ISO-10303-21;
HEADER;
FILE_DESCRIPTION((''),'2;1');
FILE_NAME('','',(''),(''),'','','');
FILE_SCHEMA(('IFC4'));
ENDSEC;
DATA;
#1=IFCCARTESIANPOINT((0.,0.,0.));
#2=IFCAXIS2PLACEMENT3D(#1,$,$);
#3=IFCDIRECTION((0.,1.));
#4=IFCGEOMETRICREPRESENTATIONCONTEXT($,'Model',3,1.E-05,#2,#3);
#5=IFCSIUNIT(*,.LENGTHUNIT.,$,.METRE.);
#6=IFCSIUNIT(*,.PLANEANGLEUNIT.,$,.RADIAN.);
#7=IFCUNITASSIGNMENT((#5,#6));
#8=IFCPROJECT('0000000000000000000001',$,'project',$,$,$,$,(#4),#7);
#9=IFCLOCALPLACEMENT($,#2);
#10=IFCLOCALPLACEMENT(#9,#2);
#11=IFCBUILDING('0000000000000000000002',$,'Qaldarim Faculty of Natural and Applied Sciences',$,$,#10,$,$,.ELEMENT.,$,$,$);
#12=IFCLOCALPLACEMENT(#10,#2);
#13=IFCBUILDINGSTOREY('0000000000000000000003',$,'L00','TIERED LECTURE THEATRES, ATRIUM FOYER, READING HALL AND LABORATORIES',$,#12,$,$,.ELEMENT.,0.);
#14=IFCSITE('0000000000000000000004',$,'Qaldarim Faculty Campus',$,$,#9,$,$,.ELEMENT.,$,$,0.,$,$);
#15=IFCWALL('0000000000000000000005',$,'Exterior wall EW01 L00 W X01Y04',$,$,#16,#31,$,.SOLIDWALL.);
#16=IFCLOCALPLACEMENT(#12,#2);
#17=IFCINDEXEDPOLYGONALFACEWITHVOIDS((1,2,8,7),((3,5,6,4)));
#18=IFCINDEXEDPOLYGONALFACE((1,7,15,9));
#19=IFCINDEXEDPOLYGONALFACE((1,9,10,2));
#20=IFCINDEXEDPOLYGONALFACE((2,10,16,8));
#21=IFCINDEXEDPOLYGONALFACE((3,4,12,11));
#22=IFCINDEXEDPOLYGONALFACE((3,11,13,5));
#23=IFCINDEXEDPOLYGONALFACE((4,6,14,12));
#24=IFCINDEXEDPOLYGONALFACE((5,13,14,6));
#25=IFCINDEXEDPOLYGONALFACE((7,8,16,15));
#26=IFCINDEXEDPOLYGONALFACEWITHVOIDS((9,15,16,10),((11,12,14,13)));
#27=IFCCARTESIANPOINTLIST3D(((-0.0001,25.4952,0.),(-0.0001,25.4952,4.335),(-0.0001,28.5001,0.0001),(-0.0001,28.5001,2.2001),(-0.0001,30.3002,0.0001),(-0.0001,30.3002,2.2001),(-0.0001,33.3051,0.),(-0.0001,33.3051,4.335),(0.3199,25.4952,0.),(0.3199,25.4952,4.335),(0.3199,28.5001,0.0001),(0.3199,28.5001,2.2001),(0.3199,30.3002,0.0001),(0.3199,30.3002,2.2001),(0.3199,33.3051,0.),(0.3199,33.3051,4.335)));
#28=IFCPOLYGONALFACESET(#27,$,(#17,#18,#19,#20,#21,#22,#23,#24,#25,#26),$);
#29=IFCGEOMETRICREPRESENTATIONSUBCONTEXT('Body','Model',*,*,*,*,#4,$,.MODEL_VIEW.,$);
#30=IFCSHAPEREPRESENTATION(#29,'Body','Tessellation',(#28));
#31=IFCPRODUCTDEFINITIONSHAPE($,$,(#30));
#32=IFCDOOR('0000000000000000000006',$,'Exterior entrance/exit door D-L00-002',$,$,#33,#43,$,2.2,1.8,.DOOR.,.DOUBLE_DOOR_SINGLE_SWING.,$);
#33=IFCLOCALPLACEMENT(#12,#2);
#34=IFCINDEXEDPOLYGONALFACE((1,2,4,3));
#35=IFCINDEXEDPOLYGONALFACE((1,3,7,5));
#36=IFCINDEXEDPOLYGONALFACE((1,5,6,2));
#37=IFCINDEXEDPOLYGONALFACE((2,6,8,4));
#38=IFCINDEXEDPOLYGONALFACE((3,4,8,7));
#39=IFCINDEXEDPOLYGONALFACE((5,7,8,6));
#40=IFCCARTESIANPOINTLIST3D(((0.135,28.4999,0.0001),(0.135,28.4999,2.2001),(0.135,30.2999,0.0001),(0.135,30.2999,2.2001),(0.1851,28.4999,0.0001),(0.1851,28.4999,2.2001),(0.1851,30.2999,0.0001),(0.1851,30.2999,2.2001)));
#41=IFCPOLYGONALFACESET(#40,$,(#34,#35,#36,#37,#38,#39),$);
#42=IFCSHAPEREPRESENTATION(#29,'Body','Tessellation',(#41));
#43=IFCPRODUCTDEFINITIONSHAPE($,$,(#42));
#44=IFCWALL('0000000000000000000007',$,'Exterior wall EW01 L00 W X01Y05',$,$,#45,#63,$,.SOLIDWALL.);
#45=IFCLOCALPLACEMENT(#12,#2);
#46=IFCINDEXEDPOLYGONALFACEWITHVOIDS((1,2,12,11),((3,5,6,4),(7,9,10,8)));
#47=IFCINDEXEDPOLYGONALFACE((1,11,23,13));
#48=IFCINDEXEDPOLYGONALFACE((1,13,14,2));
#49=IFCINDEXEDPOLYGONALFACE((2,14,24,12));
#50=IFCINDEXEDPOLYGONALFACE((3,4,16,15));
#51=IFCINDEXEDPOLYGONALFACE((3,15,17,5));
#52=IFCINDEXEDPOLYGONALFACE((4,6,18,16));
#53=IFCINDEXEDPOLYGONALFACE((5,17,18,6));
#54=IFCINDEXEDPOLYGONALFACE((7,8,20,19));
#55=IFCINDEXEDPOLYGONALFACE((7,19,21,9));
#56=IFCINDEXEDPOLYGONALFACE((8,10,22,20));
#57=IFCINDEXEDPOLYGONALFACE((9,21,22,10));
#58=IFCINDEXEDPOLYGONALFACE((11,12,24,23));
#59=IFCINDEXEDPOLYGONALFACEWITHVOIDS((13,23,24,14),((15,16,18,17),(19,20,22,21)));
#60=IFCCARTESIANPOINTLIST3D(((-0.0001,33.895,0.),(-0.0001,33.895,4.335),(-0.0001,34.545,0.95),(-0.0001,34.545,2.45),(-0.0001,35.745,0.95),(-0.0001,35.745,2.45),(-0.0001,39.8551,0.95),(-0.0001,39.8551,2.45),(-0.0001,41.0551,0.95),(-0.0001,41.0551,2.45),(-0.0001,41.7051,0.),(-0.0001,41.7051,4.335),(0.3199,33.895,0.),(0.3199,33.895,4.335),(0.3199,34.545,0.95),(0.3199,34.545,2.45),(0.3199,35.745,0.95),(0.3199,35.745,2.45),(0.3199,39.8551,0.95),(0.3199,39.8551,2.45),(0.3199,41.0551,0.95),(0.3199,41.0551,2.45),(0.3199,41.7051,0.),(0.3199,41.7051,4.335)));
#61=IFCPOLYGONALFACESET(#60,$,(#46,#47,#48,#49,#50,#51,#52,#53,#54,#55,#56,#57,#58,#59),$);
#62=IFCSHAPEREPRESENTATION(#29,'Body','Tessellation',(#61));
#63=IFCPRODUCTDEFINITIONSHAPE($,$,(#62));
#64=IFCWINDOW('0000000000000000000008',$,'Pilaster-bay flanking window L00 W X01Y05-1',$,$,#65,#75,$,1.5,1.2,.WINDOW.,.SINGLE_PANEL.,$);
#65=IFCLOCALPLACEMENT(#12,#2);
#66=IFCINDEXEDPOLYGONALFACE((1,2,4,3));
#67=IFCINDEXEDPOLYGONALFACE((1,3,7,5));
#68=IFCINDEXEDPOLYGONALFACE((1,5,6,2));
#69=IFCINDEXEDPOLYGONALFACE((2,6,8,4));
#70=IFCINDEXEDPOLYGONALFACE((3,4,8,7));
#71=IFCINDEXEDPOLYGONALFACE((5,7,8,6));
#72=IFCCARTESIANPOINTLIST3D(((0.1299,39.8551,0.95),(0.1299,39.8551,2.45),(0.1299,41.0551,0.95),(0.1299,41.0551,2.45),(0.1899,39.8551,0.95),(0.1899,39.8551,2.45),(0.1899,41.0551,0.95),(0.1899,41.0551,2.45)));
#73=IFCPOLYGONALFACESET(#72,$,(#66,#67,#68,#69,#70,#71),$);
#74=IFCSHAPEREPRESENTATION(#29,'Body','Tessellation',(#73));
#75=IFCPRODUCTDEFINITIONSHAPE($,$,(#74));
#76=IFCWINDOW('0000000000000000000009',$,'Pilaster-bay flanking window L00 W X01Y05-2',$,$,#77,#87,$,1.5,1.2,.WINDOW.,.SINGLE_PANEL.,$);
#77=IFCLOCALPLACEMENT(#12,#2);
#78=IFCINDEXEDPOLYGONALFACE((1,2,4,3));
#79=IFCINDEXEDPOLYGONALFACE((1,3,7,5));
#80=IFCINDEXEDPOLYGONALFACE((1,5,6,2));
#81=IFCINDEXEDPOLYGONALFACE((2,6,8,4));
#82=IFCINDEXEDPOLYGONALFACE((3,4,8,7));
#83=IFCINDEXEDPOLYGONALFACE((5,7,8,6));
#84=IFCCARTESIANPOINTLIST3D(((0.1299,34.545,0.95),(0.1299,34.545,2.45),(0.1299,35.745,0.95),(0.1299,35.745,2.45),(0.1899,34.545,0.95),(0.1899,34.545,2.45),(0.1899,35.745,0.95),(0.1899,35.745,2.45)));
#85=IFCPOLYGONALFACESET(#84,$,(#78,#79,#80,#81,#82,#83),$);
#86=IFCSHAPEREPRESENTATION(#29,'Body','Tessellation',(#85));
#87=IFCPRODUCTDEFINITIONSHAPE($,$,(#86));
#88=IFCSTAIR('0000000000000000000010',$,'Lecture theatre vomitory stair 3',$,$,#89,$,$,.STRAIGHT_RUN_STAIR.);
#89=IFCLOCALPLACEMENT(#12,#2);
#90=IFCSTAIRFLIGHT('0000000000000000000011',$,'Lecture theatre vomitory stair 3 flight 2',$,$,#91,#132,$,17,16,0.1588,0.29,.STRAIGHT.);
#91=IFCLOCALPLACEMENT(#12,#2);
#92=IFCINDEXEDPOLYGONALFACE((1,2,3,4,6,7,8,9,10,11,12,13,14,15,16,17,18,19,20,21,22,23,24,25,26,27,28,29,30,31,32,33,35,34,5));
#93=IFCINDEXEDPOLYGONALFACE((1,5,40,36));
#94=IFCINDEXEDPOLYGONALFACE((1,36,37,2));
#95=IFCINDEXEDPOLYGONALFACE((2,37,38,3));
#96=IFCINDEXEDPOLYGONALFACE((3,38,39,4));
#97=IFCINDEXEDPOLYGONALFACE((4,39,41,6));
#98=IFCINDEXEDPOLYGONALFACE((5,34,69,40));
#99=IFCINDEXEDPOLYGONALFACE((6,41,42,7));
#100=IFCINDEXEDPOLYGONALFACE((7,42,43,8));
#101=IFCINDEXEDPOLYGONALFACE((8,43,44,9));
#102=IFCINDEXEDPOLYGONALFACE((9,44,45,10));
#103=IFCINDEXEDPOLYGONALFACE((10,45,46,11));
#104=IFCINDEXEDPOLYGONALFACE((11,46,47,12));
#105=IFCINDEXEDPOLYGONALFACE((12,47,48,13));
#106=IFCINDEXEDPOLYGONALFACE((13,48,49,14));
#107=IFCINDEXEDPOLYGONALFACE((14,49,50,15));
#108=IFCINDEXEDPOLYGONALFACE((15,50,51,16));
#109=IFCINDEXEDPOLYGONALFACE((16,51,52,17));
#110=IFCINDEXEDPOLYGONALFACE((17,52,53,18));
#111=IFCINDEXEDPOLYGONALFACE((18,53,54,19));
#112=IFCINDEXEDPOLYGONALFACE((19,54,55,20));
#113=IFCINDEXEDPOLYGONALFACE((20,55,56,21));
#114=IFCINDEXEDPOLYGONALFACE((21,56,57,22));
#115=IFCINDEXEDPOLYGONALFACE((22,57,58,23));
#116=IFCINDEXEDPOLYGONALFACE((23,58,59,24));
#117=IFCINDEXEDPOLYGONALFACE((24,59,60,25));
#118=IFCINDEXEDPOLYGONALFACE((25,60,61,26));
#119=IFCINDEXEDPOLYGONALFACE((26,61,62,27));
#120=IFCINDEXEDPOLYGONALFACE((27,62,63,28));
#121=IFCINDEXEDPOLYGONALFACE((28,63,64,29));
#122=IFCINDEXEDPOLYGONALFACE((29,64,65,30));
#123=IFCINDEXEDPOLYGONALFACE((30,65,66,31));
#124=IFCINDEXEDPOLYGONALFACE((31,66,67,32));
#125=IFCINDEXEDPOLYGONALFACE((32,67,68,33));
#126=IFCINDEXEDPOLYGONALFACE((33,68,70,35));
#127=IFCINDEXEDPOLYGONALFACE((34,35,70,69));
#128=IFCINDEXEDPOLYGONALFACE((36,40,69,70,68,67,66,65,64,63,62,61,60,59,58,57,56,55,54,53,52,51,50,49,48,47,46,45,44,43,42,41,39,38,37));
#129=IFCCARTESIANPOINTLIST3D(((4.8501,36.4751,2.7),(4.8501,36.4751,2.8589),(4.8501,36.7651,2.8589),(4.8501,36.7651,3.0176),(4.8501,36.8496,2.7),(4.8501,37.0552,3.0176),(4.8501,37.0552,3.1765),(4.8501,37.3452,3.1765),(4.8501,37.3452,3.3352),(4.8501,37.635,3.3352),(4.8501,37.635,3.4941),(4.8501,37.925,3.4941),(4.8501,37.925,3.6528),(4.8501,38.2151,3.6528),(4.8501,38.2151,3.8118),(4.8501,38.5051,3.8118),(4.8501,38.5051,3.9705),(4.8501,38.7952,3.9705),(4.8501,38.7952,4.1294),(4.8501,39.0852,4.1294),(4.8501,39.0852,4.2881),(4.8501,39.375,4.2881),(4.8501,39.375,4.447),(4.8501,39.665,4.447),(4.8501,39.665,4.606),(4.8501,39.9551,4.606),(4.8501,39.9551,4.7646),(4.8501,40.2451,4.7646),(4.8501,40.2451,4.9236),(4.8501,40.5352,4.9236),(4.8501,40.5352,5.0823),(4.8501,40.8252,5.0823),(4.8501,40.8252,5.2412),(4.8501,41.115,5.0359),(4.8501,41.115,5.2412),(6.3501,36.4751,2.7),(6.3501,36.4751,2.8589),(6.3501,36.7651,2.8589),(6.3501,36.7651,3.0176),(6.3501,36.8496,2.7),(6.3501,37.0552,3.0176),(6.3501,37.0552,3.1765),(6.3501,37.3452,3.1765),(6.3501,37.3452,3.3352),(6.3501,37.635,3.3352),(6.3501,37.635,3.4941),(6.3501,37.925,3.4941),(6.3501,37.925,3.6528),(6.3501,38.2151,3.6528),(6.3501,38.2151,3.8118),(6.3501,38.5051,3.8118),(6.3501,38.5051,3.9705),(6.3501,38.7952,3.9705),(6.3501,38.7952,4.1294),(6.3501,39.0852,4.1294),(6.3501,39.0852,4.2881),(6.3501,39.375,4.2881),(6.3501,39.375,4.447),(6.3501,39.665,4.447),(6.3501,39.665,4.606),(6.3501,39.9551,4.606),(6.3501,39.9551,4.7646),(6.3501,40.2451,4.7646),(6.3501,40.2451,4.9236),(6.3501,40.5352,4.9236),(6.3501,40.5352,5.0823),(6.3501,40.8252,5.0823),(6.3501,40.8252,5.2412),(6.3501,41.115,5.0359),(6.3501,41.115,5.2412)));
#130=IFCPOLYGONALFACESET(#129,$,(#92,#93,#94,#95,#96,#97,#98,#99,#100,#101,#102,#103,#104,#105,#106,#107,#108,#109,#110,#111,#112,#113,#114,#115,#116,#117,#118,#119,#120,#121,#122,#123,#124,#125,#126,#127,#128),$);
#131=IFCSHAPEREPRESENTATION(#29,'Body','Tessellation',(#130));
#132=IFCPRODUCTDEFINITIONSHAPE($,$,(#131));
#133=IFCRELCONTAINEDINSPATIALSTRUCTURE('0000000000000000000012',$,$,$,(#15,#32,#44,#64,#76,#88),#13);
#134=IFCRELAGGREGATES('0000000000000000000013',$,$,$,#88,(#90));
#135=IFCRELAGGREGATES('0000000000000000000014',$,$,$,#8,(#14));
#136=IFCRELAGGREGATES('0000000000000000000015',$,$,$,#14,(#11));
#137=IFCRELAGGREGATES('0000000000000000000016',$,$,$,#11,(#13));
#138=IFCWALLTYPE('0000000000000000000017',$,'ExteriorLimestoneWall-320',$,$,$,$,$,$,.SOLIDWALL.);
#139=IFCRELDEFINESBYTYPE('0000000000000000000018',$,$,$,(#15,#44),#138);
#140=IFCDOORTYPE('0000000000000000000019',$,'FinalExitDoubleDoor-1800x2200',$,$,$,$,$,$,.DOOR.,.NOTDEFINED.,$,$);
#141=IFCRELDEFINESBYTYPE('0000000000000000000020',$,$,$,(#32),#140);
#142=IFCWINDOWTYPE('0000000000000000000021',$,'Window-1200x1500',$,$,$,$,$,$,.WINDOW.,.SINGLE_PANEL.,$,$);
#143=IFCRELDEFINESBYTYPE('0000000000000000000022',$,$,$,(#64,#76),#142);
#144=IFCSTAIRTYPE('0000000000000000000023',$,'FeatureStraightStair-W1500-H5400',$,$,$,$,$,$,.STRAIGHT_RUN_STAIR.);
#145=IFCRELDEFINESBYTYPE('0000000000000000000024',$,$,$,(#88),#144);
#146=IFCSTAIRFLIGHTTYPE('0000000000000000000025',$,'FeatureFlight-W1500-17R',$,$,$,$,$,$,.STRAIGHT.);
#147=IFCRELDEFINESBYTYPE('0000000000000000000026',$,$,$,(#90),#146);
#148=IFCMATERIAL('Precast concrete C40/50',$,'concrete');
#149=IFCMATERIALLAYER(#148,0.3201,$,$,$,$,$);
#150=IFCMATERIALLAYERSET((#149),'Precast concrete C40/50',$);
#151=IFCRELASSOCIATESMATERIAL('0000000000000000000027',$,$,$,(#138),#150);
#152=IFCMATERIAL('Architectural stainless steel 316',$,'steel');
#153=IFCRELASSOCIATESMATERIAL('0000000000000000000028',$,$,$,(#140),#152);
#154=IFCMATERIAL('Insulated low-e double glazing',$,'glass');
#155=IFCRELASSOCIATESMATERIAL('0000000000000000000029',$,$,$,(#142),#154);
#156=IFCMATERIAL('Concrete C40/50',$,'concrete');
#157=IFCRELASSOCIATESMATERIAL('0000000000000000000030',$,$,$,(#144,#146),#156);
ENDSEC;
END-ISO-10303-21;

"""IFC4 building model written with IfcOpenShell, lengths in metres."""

from ifc_helpers import new_model, si_unit, direction, frame, frame_2d, origin, place, context, subcontext, project, spatial, polyline, rectangle, outline, extrude, material, layer, layer_set, type_object, element, fill, aggregate, save


model = new_model("IFC4")

# Units and contexts
model_context = context("Model", 3, precision=1e-05, world=origin(), true_north=direction((0.0, 1.0)))
body_context = subcontext(model_context, "Body", "Model", "MODEL_VIEW")
ifc_project = project(units=[si_unit("LENGTHUNIT", "METRE"), si_unit("PLANEANGLEUNIT", "RADIAN")], contexts=[model_context])

# Site, building, storey
site_placement = place(None, origin())
site = spatial("IfcSite", under=ifc_project, at=site_placement, Name="Qaldarim Faculty Campus", CompositionType="ELEMENT", RefElevation=0.0)
building_placement = place(site_placement, origin())
building = spatial("IfcBuilding", under=site, at=building_placement, Name="Qaldarim Faculty of Natural and Applied Sciences", CompositionType="ELEMENT")
storey_placement = place(building_placement, origin())
storey = spatial("IfcBuildingStorey", under=building, at=storey_placement, Name="L00", Description="TIERED LECTURE THEATRES, ATRIUM FOYER, READING HALL AND LABORATORIES", CompositionType="ELEMENT", Elevation=0.0)

# Shared definitions
ifc_material_1 = material(Name="Concrete C40/50", Category="concrete")

# Wall, opening, door
ifc_material_2 = material(Name="Precast concrete C40/50", Category="concrete")
ifc_layer = layer(ifc_material_2, 0.3201)
ifc_layer_set = layer_set([ifc_layer], Name="Precast concrete C40/50")
wall_type = type_object("IfcWallType", Name="ExteriorLimestoneWall-320", PredefinedType="SOLIDWALL", material=ifc_layer_set)
wall_1_placement = place(storey_placement, frame((0.1599, 33.3049, 0.0), z_axis=(0.0, 0.0, 1.0), x_axis=(0.0, -1.0, 0.0)))
wall_1 = element("IfcWall", 1, at=wall_1_placement, inside=storey, type_object=wall_type, Name="Exterior wall EW01 L00 W X01Y04", PredefinedType="SOLIDWALL", context=body_context, shape_type="SweptSolid", body=[
    extrude(rectangle(XDim=7.8098, YDim=0.3201, at=frame_2d((3.9048, 0.0))), origin(), (0.0, 0.0, 1.0), 4.335),
])
opening_1_placement = place(wall_1_placement, frame((3.0049, 0.0, 0.0)))
opening_1 = element("IfcOpeningElement", 2, at=opening_1_placement, cuts=wall_1, PredefinedType="OPENING", context=body_context, shape_type="SweptSolid", body=[
    extrude(rectangle(XDim=1.8, YDim=2.2, at=frame_2d((0.8999, 1.1001))), frame((0.0, 0.1699, 0.0), z_axis=(0.0, -1.0, 0.0), x_axis=(1.0, 0.0, 0.0)), (0.0, 0.0, 1.0), 0.3401),
])
ifc_material_3 = material(Name="Architectural stainless steel 316", Category="steel")
door_type = type_object("IfcDoorType", Name="FinalExitDoubleDoor-1800x2200", OperationType="NOTDEFINED", PredefinedType="DOOR", material=ifc_material_3)
door_placement = place(opening_1_placement, frame((1.8, 0.0, 0.0), z_axis=(0.0, 0.0, 1.0), x_axis=(-1.0, 0.0, 0.0)))
door = element("IfcDoor", 3, at=door_placement, inside=storey, type_object=door_type, Name="Exterior entrance/exit door D-L00-002", OperationType="DOUBLE_DOOR_SINGLE_SWING", OverallHeight=2.2, OverallWidth=1.8, PredefinedType="DOOR", context=body_context, shape_type="SweptSolid", body=[
    extrude(rectangle(XDim=1.8, YDim=2.2, at=frame_2d((0.8999, 1.1001))), frame((0.0, 0.0249, 0.0), z_axis=(0.0, -1.0, 0.0), x_axis=(1.0, 0.0, 0.0)), (0.0, 0.0, 1.0), 0.05),
])
fill(opening_1, door)

# Wall, openings, windows
wall_2_placement = place(storey_placement, frame((0.1599, 41.7051, 0.0), z_axis=(0.0, 0.0, 1.0), x_axis=(0.0, -1.0, 0.0)))
wall_2 = element("IfcWall", 4, at=wall_2_placement, inside=storey, type_object=wall_type, Name="Exterior wall EW01 L00 W X01Y05", PredefinedType="SOLIDWALL", context=body_context, shape_type="SweptSolid", body=[
    extrude(rectangle(XDim=7.8101, YDim=0.3201, at=frame_2d((3.905, 0.0))), origin(), (0.0, 0.0, 1.0), 4.335),
])
opening_2_placement = place(wall_2_placement, frame((0.6499, 0.0, 0.95)))
opening_2 = element("IfcOpeningElement", 5, at=opening_2_placement, cuts=wall_2, PredefinedType="OPENING", context=body_context, shape_type="SweptSolid", body=[
    extrude(rectangle(XDim=1.2, YDim=1.5, at=frame_2d((0.6001, 0.75))), frame((0.0, 0.1699, 0.0), z_axis=(0.0, -1.0, 0.0), x_axis=(1.0, 0.0, 0.0)), (0.0, 0.0, 1.0), 0.3401),
])
opening_3_placement = place(wall_2_placement, frame((5.96, 0.0, 0.95)))
opening_3 = element("IfcOpeningElement", 6, at=opening_3_placement, cuts=wall_2, PredefinedType="OPENING", context=body_context, shape_type="SweptSolid", body=[
    extrude(rectangle(XDim=1.2, YDim=1.5, at=frame_2d((0.6001, 0.75))), frame((0.0, 0.1699, 0.0), z_axis=(0.0, -1.0, 0.0), x_axis=(1.0, 0.0, 0.0)), (0.0, 0.0, 1.0), 0.3401),
])
ifc_material_4 = material(Name="Insulated low-e double glazing", Category="glass")
window_type = type_object("IfcWindowType", Name="Window-1200x1500", PartitioningType="SINGLE_PANEL", PredefinedType="WINDOW", material=ifc_material_4)
window_1_placement = place(opening_2_placement, origin())
window_1 = element("IfcWindow", 7, at=window_1_placement, inside=storey, type_object=window_type, Name="Pilaster-bay flanking window L00 W X01Y05-1", OverallHeight=1.5, OverallWidth=1.2, PartitioningType="SINGLE_PANEL", PredefinedType="WINDOW", context=body_context, shape_type="SweptSolid", body=[
    extrude(rectangle(XDim=1.2, YDim=1.5, at=frame_2d((0.6001, 0.75))), frame((0.0, 0.03, 0.0), z_axis=(0.0, -1.0, 0.0), x_axis=(1.0, 0.0, 0.0)), (0.0, 0.0, 1.0), 0.0601),
])
fill(opening_2, window_1)
window_2_placement = place(opening_3_placement, origin())
window_2 = element("IfcWindow", 8, at=window_2_placement, inside=storey, type_object=window_type, Name="Pilaster-bay flanking window L00 W X01Y05-2", OverallHeight=1.5, OverallWidth=1.2, PartitioningType="SINGLE_PANEL", PredefinedType="WINDOW", context=body_context, shape_type="SweptSolid", body=[
    extrude(rectangle(XDim=1.2, YDim=1.5, at=frame_2d((0.6001, 0.75))), frame((0.0, 0.03, 0.0), z_axis=(0.0, -1.0, 0.0), x_axis=(1.0, 0.0, 0.0)), (0.0, 0.0, 1.0), 0.0601),
])
fill(opening_3, window_2)

# Stair, stair flight
stair_type = type_object("IfcStairType", Name="FeatureStraightStair-W1500-H5400", PredefinedType="STRAIGHT_RUN_STAIR", material=ifc_material_1)
stair_placement = place(storey_placement, origin())
stair = element("IfcStair", 9, at=stair_placement, inside=storey, type_object=stair_type, Name="Lecture theatre vomitory stair 3", PredefinedType="STRAIGHT_RUN_STAIR")
stair_flight_type = type_object("IfcStairFlightType", Name="FeatureFlight-W1500-17R", PredefinedType="STRAIGHT", material=ifc_material_1)
stair_flight_placement = place(storey_placement, frame((5.6001, 36.4751, 2.7), z_axis=(0.0, 0.0, 1.0), x_axis=(0.0, 1.0, 0.0)))
stair_flight = element("IfcStairFlight", 10, at=stair_flight_placement, type_object=stair_flight_type, Name="Lecture theatre vomitory stair 3 flight 2", NumberOfRisers=17, NumberOfTreads=16, PredefinedType="STRAIGHT", RiserHeight=0.1588, TreadLength=0.29, context=body_context, shape_type="SweptSolid", body=[
    extrude(outline(polyline([(0.0, 0.0), (0.0, 0.1589), (0.29, 0.1589), (0.29, 0.3176), (0.5801, 0.3176), (0.5801, 0.4766), (0.8701, 0.4766), (0.8701, 0.6353), (1.1599, 0.6353), (1.1599, 0.7942), (1.45, 0.7942), (1.45, 0.9529), (1.74, 0.9529), (1.74, 1.1118), (2.03, 1.1118), (2.03, 1.2705), (2.3201, 1.2705), (2.3201, 1.4294), (2.6101, 1.4294), (2.6101, 1.5881), (2.8999, 1.5881), (2.8999, 1.7471), (3.1899, 1.7471), (3.1899, 1.906), (3.48, 1.906), (3.48, 2.0647), (3.77, 2.0647), (3.77, 2.2236), (4.0601, 2.2236), (4.0601, 2.3823), (4.3501, 2.3823), (4.3501, 2.5413), (4.6399, 2.5413), (4.6399, 2.7), (4.6399, 2.3359), (0.3745, 0.0), (0.0, 0.0)])), frame((0.0, 0.75, 0.0), z_axis=(0.0, -1.0, 0.0), x_axis=(1.0, 0.0, 0.0)), (0.0, 0.0, 1.0), 1.5),
])
aggregate(stair, [stair_flight])

save(model, "model.ifc")
